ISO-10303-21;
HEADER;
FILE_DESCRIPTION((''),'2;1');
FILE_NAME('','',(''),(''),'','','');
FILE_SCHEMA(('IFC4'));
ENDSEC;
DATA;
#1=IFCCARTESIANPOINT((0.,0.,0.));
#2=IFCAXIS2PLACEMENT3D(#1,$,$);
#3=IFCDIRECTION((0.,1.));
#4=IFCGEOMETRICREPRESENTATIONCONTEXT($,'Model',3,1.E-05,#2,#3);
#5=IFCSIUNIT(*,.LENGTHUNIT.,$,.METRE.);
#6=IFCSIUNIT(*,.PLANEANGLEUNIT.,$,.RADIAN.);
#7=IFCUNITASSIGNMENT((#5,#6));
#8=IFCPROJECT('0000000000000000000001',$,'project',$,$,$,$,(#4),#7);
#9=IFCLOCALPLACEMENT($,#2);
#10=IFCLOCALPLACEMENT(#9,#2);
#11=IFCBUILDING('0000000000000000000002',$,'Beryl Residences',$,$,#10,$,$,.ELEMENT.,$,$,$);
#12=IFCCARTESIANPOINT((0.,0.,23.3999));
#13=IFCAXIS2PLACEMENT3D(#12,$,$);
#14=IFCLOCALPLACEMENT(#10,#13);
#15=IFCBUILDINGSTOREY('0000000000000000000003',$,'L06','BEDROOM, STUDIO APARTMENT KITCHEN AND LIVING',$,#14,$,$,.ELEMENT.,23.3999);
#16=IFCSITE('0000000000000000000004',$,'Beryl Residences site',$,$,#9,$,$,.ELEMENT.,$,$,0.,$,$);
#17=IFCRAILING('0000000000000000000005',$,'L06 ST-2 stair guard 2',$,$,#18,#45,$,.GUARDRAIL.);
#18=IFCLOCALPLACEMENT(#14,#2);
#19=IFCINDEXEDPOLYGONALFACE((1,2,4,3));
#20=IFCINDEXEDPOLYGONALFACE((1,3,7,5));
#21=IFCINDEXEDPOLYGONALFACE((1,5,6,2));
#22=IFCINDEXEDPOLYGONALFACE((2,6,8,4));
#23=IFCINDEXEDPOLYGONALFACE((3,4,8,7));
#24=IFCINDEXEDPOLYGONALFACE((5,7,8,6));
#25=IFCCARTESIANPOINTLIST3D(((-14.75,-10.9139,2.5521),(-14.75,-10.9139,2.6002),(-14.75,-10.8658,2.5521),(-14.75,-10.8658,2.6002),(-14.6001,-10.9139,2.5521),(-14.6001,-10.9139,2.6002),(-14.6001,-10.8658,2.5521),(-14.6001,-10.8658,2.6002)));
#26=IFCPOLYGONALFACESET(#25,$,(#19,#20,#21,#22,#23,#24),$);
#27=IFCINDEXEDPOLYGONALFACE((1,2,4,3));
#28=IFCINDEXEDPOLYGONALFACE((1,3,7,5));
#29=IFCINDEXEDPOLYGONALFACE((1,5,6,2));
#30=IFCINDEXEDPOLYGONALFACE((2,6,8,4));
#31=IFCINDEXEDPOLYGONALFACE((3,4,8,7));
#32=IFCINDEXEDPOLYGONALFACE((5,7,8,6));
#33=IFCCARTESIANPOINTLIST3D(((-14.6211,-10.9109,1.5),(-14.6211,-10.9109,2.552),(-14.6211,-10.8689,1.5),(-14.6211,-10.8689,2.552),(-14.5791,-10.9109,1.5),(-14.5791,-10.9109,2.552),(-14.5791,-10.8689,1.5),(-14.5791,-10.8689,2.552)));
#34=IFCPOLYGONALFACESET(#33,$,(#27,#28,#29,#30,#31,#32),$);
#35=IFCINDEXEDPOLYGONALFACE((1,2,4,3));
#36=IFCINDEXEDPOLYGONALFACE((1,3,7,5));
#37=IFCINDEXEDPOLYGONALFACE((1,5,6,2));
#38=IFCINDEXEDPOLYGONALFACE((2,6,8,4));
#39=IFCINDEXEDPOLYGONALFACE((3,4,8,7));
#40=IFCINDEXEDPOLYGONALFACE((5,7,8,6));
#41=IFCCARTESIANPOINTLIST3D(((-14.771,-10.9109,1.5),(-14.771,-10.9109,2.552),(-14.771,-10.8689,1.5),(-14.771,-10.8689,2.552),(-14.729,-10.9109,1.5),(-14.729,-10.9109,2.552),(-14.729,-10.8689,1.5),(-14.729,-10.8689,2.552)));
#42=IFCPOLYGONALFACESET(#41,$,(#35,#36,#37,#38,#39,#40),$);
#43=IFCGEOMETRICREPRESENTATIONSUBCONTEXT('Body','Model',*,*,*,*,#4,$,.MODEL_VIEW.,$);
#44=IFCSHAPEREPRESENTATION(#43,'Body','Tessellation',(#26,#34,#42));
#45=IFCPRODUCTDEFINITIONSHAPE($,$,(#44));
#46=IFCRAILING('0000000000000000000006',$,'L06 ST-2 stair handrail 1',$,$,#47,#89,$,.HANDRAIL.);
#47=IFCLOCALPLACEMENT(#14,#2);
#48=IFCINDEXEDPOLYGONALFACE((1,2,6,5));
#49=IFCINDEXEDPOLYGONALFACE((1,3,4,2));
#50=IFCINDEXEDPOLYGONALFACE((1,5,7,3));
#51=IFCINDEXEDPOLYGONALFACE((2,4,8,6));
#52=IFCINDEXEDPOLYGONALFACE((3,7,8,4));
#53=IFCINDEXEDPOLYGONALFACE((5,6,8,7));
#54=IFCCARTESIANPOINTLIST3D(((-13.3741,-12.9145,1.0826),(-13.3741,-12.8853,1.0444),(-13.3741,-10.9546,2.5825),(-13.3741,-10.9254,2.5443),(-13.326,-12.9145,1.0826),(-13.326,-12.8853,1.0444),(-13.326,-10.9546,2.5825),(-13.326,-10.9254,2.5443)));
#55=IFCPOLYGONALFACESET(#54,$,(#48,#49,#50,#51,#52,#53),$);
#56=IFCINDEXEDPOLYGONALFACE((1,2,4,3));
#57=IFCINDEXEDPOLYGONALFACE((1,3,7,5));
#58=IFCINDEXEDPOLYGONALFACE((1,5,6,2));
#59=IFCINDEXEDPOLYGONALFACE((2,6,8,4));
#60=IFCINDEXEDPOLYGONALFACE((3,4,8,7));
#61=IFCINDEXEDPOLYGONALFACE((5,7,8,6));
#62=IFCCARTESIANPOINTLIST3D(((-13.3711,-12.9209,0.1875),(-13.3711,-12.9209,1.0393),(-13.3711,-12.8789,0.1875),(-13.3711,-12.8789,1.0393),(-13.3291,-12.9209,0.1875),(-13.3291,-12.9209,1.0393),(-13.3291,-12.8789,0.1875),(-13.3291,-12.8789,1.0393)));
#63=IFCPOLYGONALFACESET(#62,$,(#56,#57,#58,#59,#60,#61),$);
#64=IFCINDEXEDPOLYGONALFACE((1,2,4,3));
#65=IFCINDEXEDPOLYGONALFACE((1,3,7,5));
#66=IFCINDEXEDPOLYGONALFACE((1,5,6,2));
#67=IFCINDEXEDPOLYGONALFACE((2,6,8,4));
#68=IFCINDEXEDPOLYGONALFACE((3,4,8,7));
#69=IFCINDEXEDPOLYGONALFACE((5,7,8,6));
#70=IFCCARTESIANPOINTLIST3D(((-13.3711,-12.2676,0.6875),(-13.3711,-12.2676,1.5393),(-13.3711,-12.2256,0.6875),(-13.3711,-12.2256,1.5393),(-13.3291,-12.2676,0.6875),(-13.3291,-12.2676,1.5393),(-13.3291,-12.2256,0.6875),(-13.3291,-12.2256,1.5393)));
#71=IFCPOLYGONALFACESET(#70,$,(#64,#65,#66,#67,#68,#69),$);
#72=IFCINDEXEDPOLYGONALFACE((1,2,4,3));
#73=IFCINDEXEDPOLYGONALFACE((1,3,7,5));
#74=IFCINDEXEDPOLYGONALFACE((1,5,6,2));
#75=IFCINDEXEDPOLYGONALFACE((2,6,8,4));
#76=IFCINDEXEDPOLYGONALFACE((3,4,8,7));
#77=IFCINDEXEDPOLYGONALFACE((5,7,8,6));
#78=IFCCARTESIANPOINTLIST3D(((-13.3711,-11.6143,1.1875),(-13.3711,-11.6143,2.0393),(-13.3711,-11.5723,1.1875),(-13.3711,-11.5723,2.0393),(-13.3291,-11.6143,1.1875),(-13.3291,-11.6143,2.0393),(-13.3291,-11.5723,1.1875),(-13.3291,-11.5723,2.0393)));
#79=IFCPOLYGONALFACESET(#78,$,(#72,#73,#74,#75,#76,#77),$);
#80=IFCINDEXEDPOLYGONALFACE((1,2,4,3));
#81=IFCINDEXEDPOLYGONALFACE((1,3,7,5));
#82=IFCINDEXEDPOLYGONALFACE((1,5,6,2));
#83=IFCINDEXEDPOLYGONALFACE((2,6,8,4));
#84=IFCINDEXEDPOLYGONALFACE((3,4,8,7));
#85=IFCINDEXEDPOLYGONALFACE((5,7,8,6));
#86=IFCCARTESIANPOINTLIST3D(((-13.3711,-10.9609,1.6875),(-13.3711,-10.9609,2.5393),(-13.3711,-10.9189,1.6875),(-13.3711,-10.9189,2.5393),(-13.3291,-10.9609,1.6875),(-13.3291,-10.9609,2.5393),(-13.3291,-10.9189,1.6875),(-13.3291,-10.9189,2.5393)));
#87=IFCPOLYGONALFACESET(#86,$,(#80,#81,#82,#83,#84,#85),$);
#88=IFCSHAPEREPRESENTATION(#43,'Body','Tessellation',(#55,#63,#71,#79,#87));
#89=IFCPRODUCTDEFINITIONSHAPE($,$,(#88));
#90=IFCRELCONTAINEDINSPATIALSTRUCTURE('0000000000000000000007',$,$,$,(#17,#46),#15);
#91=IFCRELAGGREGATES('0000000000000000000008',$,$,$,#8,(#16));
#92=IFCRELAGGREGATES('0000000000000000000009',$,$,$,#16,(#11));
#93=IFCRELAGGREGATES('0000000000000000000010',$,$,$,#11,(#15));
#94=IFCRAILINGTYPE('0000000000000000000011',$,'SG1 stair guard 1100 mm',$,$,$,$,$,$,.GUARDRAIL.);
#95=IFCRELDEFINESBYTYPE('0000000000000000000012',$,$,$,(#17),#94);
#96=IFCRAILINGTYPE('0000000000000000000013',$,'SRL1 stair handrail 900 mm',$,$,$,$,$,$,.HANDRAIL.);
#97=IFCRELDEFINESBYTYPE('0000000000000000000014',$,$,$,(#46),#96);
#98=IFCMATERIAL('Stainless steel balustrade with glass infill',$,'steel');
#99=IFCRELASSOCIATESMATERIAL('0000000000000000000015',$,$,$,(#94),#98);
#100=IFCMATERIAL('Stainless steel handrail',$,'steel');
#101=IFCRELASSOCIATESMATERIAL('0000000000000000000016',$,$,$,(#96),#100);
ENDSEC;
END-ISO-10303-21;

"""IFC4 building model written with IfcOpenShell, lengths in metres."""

from ifc_helpers import new_model, si_unit, direction, frame, origin, origin_2d, place, context, subcontext, project, spatial, rectangle, extrude, material, type_object, element, save


model = new_model("IFC4")

# Units and contexts
model_context = context("Model", 3, precision=1e-05, world=origin(), true_north=direction((0.0, 1.0)))
body_context = subcontext(model_context, "Body", "Model", "MODEL_VIEW")
ifc_project = project(units=[si_unit("LENGTHUNIT", "METRE"), si_unit("PLANEANGLEUNIT", "RADIAN")], contexts=[model_context])

# Site, building, storey
site_placement = place(None, origin())
site = spatial("IfcSite", under=ifc_project, at=site_placement, Name="Beryl Residences site", CompositionType="ELEMENT", RefElevation=0.0)
building_placement = place(site_placement, origin())
building = spatial("IfcBuilding", under=site, at=building_placement, Name="Beryl Residences", CompositionType="ELEMENT")
storey_placement = place(building_placement, frame((0.0, 0.0, 23.3999)))
storey = spatial("IfcBuildingStorey", under=building, at=storey_placement, Name="L06", Description="BEDROOM, STUDIO APARTMENT KITCHEN AND LIVING", CompositionType="ELEMENT", Elevation=23.3999)

# Railings
ifc_material_1 = material(Name="Stainless steel balustrade with glass infill", Category="steel")
railing_type_1 = type_object("IfcRailingType", Name="SG1 stair guard 1100 mm", PredefinedType="GUARDRAIL", material=ifc_material_1)
railing_1_placement = place(storey_placement, frame((-14.6001, -10.8899, 1.5)))
element("IfcRailing", 1, at=railing_1_placement, inside=storey, type_object=railing_type_1, Name="L06 ST-2 stair guard 2", PredefinedType="GUARDRAIL", context=body_context, shape_type="SweptSolid", body=[
    extrude(rectangle(XDim=0.0481, YDim=0.0481, at=origin_2d()), frame((0.0, 0.0, 1.0762), z_axis=(-1.0, 0.0, 0.0), x_axis=(0.0, -1.0, 0.0)), (0.0, 0.0, 1.0), 0.1499),
    extrude(rectangle(XDim=0.042, YDim=0.042, at=origin_2d()), origin(), (0.0, 0.0, 1.0), 1.052),
    extrude(rectangle(XDim=0.042, YDim=0.042, at=origin_2d()), frame((-0.1499, 0.0, 0.0)), (0.0, 0.0, 1.0), 1.052),
])
ifc_material_2 = material(Name="Stainless steel handrail", Category="steel")
railing_type_2 = type_object("IfcRailingType", Name="SRL1 stair handrail 900 mm", PredefinedType="HANDRAIL", material=ifc_material_2)
railing_2_placement = place(storey_placement, frame((-13.3501, -12.8999, 0.1875)))
element("IfcRailing", 2, at=railing_2_placement, inside=storey, type_object=railing_type_2, Name="L06 ST-2 stair handrail 1", PredefinedType="HANDRAIL", context=body_context, shape_type="SweptSolid", body=[
    extrude(rectangle(XDim=0.0481, YDim=0.0481, at=origin_2d()), frame((0.0, 0.0, 0.876), z_axis=(0.0, 0.794122, 0.607758), x_axis=(-1.0, 0.0, 0.0)), (0.0, 0.0, 1.0), 2.468),
    extrude(rectangle(XDim=0.042, YDim=0.042, at=origin_2d()), origin(), (0.0, 0.0, 1.0), 0.8518),
    extrude(rectangle(XDim=0.042, YDim=0.042, at=origin_2d()), frame((0.0, 0.6533, 0.5)), (0.0, 0.0, 1.0), 0.8518),
    extrude(rectangle(XDim=0.042, YDim=0.042, at=origin_2d()), frame((0.0, 1.3066, 1.0)), (0.0, 0.0, 1.0), 0.8518),
    extrude(rectangle(XDim=0.042, YDim=0.042, at=origin_2d()), frame((0.0, 1.96, 1.5)), (0.0, 0.0, 1.0), 0.8518),
])

save(model, "model.ifc")
